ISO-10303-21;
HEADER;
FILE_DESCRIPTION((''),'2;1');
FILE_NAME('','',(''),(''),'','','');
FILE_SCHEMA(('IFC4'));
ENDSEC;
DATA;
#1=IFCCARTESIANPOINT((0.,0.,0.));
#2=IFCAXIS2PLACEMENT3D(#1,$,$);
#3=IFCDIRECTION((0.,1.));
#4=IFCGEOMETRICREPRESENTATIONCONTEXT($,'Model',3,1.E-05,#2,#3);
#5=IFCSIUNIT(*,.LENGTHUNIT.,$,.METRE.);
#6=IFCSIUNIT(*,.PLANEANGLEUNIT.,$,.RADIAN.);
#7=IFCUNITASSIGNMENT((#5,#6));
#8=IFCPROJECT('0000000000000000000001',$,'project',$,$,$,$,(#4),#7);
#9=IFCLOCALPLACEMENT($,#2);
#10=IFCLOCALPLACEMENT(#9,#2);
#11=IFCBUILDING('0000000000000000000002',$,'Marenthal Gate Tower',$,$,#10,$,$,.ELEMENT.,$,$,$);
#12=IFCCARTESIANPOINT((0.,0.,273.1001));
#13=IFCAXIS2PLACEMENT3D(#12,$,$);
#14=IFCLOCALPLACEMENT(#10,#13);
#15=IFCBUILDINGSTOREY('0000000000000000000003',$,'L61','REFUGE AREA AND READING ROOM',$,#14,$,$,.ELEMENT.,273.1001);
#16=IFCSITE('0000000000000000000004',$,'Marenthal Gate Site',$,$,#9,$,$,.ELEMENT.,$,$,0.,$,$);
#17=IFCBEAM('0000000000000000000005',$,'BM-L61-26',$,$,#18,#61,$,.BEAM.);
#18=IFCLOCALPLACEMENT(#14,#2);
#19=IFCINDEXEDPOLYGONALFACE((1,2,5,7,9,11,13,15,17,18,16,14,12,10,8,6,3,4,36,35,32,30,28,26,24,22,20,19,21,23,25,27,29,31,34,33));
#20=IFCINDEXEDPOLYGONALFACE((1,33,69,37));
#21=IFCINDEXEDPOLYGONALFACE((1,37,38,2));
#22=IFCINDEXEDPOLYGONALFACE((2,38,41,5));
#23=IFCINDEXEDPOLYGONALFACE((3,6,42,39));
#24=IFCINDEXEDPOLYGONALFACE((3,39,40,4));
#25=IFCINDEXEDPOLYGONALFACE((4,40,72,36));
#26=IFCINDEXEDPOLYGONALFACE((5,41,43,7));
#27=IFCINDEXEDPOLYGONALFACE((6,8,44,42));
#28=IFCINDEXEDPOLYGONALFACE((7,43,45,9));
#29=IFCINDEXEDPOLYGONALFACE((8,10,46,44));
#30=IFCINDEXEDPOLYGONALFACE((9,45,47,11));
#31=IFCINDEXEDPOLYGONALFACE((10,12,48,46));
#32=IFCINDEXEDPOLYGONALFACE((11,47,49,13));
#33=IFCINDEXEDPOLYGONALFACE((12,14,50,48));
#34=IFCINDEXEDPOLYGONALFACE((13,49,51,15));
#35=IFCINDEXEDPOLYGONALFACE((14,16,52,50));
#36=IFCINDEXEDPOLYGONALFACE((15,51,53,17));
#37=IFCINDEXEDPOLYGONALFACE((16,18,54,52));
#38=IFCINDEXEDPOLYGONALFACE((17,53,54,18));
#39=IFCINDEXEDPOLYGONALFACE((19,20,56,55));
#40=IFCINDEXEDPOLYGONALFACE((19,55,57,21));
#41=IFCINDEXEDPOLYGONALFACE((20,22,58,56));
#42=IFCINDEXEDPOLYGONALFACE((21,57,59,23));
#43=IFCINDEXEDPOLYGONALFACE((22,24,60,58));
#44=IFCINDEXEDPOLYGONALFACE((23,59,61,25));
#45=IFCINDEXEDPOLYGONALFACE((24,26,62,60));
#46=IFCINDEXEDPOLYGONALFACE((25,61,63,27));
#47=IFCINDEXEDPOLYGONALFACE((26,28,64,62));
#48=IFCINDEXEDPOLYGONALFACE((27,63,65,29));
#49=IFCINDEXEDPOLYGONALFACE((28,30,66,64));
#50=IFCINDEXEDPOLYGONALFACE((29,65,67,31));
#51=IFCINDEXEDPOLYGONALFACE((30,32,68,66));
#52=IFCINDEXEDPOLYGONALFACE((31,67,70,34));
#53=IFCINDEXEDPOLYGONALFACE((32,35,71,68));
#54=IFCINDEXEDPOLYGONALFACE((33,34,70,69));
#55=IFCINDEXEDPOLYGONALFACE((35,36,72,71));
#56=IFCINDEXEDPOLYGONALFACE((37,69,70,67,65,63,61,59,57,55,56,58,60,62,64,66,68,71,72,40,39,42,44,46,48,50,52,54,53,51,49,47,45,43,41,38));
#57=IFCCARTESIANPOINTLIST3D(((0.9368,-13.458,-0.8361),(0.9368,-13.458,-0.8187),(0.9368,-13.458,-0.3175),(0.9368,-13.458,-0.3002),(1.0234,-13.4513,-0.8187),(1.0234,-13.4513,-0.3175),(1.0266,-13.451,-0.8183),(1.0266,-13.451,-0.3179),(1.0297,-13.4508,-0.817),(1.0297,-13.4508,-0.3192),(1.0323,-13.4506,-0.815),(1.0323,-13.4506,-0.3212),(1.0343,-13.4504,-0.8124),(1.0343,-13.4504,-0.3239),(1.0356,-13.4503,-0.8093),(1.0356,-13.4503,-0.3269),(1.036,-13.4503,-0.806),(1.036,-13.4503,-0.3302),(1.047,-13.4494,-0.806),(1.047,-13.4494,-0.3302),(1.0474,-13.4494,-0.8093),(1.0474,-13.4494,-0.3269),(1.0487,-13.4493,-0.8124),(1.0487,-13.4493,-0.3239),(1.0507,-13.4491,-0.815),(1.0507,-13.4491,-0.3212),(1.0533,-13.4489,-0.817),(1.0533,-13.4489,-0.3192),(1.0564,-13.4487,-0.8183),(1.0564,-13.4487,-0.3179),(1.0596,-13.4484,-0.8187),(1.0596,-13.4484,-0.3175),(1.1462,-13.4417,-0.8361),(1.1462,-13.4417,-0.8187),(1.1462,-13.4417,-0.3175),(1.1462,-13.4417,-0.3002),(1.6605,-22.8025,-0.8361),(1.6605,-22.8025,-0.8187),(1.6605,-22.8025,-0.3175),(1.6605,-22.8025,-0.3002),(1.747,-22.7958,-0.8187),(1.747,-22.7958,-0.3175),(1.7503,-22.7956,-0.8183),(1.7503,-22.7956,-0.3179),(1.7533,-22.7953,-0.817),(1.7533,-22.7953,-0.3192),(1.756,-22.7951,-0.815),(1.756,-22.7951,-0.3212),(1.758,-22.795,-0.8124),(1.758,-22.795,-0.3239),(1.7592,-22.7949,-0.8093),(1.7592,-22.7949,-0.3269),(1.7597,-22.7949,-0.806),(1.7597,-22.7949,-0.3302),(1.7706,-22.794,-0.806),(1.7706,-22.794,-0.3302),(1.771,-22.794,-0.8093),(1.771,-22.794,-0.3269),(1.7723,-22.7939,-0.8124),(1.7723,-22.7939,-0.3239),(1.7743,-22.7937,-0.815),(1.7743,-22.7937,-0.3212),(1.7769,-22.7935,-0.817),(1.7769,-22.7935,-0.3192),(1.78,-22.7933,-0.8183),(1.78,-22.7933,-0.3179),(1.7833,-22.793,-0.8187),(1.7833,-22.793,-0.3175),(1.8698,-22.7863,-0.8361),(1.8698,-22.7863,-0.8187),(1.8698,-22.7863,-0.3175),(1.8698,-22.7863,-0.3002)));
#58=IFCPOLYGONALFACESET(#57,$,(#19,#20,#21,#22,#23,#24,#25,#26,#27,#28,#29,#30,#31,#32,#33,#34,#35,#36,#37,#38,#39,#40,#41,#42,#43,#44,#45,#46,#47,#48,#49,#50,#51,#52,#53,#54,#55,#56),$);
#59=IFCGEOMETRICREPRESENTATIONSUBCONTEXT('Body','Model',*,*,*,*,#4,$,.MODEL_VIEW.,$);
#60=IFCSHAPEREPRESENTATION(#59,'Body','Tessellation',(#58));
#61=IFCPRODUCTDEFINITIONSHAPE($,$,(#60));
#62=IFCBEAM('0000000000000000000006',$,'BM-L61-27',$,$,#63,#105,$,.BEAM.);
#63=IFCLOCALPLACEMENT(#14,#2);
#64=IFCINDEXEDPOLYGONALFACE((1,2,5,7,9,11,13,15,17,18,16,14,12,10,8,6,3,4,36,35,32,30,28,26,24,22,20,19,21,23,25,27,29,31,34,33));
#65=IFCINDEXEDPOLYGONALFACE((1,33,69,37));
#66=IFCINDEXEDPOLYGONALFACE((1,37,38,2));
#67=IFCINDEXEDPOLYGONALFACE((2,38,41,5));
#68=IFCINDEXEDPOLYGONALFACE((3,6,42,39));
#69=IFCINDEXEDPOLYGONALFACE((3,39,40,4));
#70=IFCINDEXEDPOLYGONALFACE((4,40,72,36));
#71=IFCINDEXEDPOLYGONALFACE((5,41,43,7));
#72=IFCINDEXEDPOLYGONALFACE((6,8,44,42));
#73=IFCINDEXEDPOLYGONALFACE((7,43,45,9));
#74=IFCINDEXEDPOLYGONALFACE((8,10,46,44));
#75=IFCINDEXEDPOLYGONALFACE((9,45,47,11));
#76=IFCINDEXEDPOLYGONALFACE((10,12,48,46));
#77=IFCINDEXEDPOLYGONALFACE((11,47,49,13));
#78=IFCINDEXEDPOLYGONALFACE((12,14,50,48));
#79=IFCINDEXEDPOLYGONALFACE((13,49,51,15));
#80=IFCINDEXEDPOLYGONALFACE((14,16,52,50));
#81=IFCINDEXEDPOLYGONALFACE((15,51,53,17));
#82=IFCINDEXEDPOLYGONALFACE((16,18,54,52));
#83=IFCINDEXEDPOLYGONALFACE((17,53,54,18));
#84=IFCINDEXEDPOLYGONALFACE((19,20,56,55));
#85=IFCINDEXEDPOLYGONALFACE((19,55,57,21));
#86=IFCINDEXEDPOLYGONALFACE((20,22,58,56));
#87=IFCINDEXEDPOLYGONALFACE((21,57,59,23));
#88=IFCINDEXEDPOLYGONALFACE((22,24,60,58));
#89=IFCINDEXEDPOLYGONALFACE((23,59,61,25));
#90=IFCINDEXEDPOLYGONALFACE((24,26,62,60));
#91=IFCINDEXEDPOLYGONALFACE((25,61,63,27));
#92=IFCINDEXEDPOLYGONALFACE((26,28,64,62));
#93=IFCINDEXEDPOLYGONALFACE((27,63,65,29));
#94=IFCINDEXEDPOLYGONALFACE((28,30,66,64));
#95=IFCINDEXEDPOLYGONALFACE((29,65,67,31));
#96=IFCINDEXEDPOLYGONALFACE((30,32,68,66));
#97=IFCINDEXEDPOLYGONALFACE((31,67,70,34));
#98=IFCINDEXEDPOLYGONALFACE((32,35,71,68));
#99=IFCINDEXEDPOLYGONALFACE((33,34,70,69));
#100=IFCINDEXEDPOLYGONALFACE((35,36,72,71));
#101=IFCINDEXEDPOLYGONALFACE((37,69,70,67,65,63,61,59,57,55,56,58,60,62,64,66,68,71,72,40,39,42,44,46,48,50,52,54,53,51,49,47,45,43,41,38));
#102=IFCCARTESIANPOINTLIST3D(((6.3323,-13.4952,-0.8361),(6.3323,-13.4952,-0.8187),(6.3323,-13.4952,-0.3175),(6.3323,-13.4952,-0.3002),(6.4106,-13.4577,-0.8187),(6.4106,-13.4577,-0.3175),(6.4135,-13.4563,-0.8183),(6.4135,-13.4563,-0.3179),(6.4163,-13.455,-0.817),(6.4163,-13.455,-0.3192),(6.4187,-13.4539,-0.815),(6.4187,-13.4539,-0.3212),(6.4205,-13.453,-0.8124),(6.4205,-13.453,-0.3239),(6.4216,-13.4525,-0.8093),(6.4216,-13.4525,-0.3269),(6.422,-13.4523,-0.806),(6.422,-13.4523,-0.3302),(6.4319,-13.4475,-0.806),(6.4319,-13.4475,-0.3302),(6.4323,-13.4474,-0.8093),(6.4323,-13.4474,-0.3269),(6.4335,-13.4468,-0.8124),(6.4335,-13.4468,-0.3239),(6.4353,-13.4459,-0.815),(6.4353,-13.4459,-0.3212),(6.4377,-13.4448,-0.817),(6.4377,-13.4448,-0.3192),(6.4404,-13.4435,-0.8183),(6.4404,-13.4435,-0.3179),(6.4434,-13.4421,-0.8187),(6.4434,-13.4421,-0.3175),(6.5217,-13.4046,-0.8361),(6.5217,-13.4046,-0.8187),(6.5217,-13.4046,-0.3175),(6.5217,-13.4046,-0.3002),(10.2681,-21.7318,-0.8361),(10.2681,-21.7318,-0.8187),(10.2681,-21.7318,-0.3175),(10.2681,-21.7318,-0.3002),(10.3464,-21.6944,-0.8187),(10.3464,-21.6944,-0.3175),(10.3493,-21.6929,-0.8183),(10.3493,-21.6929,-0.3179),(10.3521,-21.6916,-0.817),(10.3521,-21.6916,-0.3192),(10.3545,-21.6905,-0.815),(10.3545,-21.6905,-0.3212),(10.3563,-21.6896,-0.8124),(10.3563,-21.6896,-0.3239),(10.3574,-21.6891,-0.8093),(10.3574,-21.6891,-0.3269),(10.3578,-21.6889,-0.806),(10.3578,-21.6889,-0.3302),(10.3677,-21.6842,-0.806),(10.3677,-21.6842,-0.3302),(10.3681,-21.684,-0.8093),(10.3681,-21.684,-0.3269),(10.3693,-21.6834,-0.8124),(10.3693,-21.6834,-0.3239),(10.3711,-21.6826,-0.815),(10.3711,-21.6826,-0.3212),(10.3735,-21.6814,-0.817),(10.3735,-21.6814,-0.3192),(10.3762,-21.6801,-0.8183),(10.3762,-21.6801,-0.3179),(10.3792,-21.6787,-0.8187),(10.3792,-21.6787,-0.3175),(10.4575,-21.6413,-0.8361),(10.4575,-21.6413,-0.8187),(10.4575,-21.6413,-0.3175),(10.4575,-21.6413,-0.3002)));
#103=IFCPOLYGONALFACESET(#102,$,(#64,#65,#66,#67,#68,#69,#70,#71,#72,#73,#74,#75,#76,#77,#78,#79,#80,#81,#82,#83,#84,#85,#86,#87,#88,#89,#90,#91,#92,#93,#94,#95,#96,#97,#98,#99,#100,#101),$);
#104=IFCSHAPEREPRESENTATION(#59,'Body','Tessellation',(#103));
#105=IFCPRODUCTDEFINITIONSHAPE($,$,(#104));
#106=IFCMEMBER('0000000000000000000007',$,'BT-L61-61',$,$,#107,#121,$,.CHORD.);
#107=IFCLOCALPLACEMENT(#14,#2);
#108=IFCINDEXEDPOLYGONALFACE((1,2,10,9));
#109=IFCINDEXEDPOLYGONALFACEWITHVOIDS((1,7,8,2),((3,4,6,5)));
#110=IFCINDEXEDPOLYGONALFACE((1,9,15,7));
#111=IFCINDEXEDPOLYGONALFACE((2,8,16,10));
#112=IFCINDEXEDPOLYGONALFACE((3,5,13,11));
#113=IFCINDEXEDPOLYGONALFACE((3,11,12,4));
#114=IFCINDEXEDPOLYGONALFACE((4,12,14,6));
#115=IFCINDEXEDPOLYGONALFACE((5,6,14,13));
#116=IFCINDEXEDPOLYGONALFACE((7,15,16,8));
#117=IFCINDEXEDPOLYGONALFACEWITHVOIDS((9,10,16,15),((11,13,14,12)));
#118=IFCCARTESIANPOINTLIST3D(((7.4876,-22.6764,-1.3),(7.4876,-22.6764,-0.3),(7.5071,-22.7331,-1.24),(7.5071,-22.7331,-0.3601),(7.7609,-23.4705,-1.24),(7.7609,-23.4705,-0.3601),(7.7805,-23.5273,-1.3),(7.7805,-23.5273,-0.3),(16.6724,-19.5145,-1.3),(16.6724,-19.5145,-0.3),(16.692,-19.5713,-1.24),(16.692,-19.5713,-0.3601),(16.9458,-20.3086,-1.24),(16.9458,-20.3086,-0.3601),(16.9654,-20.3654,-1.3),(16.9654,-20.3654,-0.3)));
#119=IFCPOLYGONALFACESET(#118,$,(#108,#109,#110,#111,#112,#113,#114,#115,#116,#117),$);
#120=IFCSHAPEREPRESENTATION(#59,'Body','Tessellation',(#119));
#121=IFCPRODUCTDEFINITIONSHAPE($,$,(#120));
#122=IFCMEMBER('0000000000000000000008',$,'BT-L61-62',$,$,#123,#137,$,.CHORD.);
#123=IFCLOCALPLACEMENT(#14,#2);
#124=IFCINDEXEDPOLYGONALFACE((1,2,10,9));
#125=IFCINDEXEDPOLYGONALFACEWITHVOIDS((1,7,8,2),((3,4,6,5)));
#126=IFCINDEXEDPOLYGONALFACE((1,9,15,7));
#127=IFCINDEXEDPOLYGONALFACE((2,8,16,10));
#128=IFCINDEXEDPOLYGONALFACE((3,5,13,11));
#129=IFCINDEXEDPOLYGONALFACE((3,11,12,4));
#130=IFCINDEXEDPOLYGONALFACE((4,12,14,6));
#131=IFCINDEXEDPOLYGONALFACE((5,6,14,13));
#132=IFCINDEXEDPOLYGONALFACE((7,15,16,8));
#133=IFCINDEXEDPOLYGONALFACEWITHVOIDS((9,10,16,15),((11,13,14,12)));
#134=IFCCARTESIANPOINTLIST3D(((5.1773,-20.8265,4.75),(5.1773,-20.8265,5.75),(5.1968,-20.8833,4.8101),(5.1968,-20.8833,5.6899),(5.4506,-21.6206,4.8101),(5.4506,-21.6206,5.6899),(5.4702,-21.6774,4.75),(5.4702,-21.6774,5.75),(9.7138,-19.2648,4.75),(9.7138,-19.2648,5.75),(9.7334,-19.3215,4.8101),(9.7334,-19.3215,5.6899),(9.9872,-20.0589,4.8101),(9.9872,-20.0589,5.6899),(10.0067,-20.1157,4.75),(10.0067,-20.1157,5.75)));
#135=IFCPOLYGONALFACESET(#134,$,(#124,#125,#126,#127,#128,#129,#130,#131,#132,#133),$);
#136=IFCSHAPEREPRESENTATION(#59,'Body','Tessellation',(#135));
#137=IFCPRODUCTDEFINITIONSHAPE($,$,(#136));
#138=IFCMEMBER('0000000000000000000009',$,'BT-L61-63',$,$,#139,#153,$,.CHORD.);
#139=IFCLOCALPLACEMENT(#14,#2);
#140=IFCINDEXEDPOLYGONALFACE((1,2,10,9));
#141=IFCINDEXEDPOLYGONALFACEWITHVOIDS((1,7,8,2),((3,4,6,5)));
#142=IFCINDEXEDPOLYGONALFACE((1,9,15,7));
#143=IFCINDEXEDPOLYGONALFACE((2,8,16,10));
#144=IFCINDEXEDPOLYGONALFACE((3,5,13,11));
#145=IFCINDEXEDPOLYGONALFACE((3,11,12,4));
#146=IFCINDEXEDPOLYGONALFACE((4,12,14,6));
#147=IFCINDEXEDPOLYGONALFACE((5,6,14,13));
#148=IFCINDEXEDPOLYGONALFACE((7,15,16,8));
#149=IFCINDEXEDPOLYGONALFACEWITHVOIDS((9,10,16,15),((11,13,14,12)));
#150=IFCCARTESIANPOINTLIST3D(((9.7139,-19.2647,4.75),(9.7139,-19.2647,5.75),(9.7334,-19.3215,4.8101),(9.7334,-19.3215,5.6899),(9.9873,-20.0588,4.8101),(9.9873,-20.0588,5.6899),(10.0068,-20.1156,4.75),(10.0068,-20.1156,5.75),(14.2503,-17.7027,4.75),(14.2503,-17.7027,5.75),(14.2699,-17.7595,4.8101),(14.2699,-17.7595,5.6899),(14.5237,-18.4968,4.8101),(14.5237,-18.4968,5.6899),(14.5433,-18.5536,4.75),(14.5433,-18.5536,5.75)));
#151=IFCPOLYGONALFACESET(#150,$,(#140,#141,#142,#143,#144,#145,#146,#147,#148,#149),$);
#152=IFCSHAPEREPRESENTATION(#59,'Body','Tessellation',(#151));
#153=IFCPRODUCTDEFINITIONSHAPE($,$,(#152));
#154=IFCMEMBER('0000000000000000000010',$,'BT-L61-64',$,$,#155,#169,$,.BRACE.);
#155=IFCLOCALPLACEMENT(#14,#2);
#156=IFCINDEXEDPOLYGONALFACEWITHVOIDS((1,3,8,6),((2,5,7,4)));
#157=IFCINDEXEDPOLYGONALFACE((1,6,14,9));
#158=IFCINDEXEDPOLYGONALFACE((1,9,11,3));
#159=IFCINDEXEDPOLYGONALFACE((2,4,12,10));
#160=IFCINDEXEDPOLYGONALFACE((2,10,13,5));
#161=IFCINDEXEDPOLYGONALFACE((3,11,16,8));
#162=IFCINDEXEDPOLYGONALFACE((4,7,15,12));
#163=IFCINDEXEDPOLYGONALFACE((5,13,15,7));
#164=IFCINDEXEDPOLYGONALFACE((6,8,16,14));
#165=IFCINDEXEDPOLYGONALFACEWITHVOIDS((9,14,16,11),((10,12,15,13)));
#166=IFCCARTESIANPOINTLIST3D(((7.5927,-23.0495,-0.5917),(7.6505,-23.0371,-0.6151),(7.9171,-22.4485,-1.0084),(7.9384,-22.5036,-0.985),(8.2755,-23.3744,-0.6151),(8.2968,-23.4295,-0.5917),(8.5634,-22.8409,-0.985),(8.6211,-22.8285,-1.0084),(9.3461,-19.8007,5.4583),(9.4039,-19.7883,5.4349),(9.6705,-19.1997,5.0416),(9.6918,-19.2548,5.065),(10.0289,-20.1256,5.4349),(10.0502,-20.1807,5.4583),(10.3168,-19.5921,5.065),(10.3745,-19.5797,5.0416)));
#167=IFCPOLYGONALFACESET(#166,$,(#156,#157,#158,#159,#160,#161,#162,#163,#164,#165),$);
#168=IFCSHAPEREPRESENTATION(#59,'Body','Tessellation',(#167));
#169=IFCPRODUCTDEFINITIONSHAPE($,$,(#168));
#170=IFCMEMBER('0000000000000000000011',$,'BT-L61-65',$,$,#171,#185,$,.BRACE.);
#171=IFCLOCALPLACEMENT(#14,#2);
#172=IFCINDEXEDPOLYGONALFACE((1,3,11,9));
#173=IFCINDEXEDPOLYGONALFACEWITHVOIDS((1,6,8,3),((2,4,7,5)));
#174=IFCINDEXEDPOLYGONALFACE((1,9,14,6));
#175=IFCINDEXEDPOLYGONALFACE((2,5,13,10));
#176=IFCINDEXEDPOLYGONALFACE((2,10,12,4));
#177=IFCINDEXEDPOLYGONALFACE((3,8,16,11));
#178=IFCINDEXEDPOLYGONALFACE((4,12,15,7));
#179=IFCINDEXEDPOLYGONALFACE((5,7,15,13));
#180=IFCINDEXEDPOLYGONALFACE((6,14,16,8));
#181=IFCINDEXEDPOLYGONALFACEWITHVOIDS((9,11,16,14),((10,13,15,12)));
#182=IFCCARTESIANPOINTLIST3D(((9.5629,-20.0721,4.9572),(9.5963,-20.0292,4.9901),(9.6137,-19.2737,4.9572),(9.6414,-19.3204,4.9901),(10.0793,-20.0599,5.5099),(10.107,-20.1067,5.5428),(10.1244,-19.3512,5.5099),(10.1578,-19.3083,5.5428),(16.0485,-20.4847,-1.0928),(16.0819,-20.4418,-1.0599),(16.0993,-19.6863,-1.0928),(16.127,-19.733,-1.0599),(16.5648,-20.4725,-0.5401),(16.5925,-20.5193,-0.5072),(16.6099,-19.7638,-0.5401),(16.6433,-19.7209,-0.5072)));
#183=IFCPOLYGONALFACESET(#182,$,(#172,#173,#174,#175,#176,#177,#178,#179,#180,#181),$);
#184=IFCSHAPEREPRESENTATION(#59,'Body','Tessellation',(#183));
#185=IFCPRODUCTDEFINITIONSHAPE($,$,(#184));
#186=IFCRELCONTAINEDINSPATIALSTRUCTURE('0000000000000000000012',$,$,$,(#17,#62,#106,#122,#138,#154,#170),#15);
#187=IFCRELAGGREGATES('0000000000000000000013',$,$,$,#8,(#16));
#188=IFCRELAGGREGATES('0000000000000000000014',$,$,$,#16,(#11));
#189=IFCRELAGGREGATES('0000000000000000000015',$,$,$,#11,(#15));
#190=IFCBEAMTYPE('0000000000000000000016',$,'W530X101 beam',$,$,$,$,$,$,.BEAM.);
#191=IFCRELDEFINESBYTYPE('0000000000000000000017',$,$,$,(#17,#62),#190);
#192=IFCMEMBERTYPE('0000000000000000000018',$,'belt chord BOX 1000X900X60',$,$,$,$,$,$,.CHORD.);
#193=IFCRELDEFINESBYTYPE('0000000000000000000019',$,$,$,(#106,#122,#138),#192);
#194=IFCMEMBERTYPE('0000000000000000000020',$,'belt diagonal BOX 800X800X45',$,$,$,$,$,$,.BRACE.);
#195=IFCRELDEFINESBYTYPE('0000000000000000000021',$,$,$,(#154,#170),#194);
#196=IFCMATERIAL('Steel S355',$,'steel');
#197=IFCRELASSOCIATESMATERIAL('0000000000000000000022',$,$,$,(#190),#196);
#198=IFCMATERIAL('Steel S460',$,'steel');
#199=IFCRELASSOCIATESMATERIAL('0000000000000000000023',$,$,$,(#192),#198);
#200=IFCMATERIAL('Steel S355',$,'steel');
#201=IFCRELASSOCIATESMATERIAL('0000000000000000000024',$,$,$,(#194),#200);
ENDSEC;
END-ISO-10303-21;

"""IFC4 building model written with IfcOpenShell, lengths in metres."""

from ifc_helpers import new_model, si_unit, direction, frame, origin, origin_2d, place, context, subcontext, project, spatial, hollow_rectangle, i_section, extrude, material, material_profile, profile_set, type_object, element, save


model = new_model("IFC4")

# Units and contexts
model_context = context("Model", 3, precision=1e-05, world=origin(), true_north=direction((0.0, 1.0)))
body_context = subcontext(model_context, "Body", "Model", "MODEL_VIEW")
ifc_project = project(units=[si_unit("LENGTHUNIT", "METRE"), si_unit("PLANEANGLEUNIT", "RADIAN")], contexts=[model_context])

# Site, building, storey
site_placement = place(None, origin())
site = spatial("IfcSite", under=ifc_project, at=site_placement, Name="Marenthal Gate Site", CompositionType="ELEMENT", RefElevation=0.0)
building_placement = place(site_placement, origin())
building = spatial("IfcBuilding", under=site, at=building_placement, Name="Marenthal Gate Tower", CompositionType="ELEMENT")
storey_placement = place(building_placement, frame((0.0, 0.0, 273.1001)))
storey = spatial("IfcBuildingStorey", under=building, at=storey_placement, Name="L61", Description="REFUGE AREA AND READING ROOM", CompositionType="ELEMENT", Elevation=273.1001)

# Beams
ifc_material_1 = material(Name="Steel S355", Category="steel")
ifc_material_profile_1 = material_profile(ifc_material_1, i_section(OverallWidth=0.21, OverallDepth=0.5359, WebThickness=0.011, FlangeThickness=0.0173, FilletRadius=0.0127, at=origin_2d()), Name="W530X101")
ifc_profile_set_1 = profile_set([ifc_material_profile_1], Name="Steel S355")
beam_type = type_object("IfcBeamType", Name="W530X101 beam", PredefinedType="BEAM", material=ifc_profile_set_1)
beam_1_placement = place(storey_placement, frame((1.7651, -22.7944, -0.5681), z_axis=(-0.077208, 0.997015, 0.0), x_axis=(-0.997015, -0.077208, 0.0)))
element("IfcBeam", 1, at=beam_1_placement, inside=storey, type_object=beam_type, Name="BM-L61-26", PredefinedType="BEAM", context=body_context, shape_type="SweptSolid", body=[
    extrude(i_section(OverallWidth=0.21, OverallDepth=0.5359, WebThickness=0.011, FlangeThickness=0.0173, FilletRadius=0.0127, at=origin_2d()), origin(), (0.0, 0.0, 1.0), 9.3726),
])
beam_2_placement = place(storey_placement, frame((10.3628, -21.6865, -0.5681), z_axis=(-0.431149, 0.902281, 0.0), x_axis=(-0.902281, -0.431149, 0.0)))
element("IfcBeam", 2, at=beam_2_placement, inside=storey, type_object=beam_type, Name="BM-L61-27", PredefinedType="BEAM", context=body_context, shape_type="SweptSolid", body=[
    extrude(i_section(OverallWidth=0.21, OverallDepth=0.5359, WebThickness=0.011, FlangeThickness=0.0173, FilletRadius=0.0127, at=origin_2d()), origin(), (0.0, 0.0, 1.0), 9.1287),
])

# Members
ifc_material_2 = material(Name="Steel S460", Category="steel")
ifc_material_profile_2 = material_profile(ifc_material_2, hollow_rectangle(XDim=0.8999, YDim=1.0, WallThickness=0.0601, at=origin_2d()), Name="BOX 1000X900X60")
ifc_profile_set_2 = profile_set([ifc_material_profile_2], Name="Steel S460")
member_type_1 = type_object("IfcMemberType", Name="belt chord BOX 1000X900X60", PredefinedType="CHORD", material=ifc_profile_set_2)
member_1_placement = place(storey_placement, frame((7.634, -23.1018, -0.8), z_axis=(0.945541, 0.325502, 0.0), x_axis=(-0.325502, 0.945541, 0.0)))
element("IfcMember", 3, at=member_1_placement, inside=storey, type_object=member_type_1, Name="BT-L61-61", PredefinedType="CHORD", context=body_context, shape_type="SweptSolid", body=[
    extrude(hollow_rectangle(XDim=0.8999, YDim=1.0, WallThickness=0.0601, at=origin_2d()), origin(), (0.0, 0.0, 1.0), 9.7139),
])
for number, where, z_axis, x_axis, name in (
    (4, (5.3237, -21.252, 5.25), (0.945539, 0.325509, 0.0), (-0.325509, 0.945539, 0.0), "BT-L61-62"),
    (5, (9.8604, -19.6902, 5.25), (0.945518, 0.32557, 0.0), (-0.32557, 0.945518, 0.0), "BT-L61-63"),
):
    element("IfcMember", number, at=place(storey_placement, frame(where, z_axis=z_axis, x_axis=x_axis)), inside=storey, type_object=member_type_1, Name=name, PredefinedType="CHORD", context=body_context, shape_type="SweptSolid", body=[
        extrude(hollow_rectangle(XDim=0.8999, YDim=1.0, WallThickness=0.0601, at=origin_2d()), origin(), (0.0, 0.0, 1.0), 4.7979),
    ])
ifc_material_3 = material(Name="Steel S355", Category="steel")
ifc_material_profile_3 = material_profile(ifc_material_3, hollow_rectangle(XDim=0.8, YDim=0.8, WallThickness=0.0449, at=origin_2d()), Name="BOX 800X800X45")
ifc_profile_set_3 = profile_set([ifc_material_profile_3], Name="Steel S355")
member_type_2 = type_object("IfcMemberType", Name="belt diagonal BOX 800X800X45", PredefinedType="BRACE", material=ifc_profile_set_3)
member_2_placement = place(storey_placement, frame((8.1069, -22.939, -0.8), z_axis=(0.247397, 0.458384, 0.853627), x_axis=(-0.88001, 0.474955, 0.0)))
element("IfcMember", 6, at=member_2_placement, inside=storey, type_object=member_type_2, Name="BT-L61-64", PredefinedType="BRACE", context=body_context, shape_type="SweptSolid", body=[
    extrude(hollow_rectangle(XDim=0.8, YDim=0.8, WallThickness=0.0449, at=origin_2d()), origin(), (0.0, 0.0, 1.0), 7.0874),
])
member_3_placement = place(storey_placement, frame((9.8604, -19.6902, 5.25), z_axis=(0.730444, -0.046469, -0.68139), x_axis=(0.063489, 0.997983, 0.0)))
element("IfcMember", 7, at=member_3_placement, inside=storey, type_object=member_type_2, Name="BT-L61-65", PredefinedType="BRACE", context=body_context, shape_type="SweptSolid", body=[
    extrude(hollow_rectangle(XDim=0.8, YDim=0.8, WallThickness=0.0449, at=origin_2d()), origin(), (0.0, 0.0, 1.0), 8.8789),
])

save(model, "model.ifc")
